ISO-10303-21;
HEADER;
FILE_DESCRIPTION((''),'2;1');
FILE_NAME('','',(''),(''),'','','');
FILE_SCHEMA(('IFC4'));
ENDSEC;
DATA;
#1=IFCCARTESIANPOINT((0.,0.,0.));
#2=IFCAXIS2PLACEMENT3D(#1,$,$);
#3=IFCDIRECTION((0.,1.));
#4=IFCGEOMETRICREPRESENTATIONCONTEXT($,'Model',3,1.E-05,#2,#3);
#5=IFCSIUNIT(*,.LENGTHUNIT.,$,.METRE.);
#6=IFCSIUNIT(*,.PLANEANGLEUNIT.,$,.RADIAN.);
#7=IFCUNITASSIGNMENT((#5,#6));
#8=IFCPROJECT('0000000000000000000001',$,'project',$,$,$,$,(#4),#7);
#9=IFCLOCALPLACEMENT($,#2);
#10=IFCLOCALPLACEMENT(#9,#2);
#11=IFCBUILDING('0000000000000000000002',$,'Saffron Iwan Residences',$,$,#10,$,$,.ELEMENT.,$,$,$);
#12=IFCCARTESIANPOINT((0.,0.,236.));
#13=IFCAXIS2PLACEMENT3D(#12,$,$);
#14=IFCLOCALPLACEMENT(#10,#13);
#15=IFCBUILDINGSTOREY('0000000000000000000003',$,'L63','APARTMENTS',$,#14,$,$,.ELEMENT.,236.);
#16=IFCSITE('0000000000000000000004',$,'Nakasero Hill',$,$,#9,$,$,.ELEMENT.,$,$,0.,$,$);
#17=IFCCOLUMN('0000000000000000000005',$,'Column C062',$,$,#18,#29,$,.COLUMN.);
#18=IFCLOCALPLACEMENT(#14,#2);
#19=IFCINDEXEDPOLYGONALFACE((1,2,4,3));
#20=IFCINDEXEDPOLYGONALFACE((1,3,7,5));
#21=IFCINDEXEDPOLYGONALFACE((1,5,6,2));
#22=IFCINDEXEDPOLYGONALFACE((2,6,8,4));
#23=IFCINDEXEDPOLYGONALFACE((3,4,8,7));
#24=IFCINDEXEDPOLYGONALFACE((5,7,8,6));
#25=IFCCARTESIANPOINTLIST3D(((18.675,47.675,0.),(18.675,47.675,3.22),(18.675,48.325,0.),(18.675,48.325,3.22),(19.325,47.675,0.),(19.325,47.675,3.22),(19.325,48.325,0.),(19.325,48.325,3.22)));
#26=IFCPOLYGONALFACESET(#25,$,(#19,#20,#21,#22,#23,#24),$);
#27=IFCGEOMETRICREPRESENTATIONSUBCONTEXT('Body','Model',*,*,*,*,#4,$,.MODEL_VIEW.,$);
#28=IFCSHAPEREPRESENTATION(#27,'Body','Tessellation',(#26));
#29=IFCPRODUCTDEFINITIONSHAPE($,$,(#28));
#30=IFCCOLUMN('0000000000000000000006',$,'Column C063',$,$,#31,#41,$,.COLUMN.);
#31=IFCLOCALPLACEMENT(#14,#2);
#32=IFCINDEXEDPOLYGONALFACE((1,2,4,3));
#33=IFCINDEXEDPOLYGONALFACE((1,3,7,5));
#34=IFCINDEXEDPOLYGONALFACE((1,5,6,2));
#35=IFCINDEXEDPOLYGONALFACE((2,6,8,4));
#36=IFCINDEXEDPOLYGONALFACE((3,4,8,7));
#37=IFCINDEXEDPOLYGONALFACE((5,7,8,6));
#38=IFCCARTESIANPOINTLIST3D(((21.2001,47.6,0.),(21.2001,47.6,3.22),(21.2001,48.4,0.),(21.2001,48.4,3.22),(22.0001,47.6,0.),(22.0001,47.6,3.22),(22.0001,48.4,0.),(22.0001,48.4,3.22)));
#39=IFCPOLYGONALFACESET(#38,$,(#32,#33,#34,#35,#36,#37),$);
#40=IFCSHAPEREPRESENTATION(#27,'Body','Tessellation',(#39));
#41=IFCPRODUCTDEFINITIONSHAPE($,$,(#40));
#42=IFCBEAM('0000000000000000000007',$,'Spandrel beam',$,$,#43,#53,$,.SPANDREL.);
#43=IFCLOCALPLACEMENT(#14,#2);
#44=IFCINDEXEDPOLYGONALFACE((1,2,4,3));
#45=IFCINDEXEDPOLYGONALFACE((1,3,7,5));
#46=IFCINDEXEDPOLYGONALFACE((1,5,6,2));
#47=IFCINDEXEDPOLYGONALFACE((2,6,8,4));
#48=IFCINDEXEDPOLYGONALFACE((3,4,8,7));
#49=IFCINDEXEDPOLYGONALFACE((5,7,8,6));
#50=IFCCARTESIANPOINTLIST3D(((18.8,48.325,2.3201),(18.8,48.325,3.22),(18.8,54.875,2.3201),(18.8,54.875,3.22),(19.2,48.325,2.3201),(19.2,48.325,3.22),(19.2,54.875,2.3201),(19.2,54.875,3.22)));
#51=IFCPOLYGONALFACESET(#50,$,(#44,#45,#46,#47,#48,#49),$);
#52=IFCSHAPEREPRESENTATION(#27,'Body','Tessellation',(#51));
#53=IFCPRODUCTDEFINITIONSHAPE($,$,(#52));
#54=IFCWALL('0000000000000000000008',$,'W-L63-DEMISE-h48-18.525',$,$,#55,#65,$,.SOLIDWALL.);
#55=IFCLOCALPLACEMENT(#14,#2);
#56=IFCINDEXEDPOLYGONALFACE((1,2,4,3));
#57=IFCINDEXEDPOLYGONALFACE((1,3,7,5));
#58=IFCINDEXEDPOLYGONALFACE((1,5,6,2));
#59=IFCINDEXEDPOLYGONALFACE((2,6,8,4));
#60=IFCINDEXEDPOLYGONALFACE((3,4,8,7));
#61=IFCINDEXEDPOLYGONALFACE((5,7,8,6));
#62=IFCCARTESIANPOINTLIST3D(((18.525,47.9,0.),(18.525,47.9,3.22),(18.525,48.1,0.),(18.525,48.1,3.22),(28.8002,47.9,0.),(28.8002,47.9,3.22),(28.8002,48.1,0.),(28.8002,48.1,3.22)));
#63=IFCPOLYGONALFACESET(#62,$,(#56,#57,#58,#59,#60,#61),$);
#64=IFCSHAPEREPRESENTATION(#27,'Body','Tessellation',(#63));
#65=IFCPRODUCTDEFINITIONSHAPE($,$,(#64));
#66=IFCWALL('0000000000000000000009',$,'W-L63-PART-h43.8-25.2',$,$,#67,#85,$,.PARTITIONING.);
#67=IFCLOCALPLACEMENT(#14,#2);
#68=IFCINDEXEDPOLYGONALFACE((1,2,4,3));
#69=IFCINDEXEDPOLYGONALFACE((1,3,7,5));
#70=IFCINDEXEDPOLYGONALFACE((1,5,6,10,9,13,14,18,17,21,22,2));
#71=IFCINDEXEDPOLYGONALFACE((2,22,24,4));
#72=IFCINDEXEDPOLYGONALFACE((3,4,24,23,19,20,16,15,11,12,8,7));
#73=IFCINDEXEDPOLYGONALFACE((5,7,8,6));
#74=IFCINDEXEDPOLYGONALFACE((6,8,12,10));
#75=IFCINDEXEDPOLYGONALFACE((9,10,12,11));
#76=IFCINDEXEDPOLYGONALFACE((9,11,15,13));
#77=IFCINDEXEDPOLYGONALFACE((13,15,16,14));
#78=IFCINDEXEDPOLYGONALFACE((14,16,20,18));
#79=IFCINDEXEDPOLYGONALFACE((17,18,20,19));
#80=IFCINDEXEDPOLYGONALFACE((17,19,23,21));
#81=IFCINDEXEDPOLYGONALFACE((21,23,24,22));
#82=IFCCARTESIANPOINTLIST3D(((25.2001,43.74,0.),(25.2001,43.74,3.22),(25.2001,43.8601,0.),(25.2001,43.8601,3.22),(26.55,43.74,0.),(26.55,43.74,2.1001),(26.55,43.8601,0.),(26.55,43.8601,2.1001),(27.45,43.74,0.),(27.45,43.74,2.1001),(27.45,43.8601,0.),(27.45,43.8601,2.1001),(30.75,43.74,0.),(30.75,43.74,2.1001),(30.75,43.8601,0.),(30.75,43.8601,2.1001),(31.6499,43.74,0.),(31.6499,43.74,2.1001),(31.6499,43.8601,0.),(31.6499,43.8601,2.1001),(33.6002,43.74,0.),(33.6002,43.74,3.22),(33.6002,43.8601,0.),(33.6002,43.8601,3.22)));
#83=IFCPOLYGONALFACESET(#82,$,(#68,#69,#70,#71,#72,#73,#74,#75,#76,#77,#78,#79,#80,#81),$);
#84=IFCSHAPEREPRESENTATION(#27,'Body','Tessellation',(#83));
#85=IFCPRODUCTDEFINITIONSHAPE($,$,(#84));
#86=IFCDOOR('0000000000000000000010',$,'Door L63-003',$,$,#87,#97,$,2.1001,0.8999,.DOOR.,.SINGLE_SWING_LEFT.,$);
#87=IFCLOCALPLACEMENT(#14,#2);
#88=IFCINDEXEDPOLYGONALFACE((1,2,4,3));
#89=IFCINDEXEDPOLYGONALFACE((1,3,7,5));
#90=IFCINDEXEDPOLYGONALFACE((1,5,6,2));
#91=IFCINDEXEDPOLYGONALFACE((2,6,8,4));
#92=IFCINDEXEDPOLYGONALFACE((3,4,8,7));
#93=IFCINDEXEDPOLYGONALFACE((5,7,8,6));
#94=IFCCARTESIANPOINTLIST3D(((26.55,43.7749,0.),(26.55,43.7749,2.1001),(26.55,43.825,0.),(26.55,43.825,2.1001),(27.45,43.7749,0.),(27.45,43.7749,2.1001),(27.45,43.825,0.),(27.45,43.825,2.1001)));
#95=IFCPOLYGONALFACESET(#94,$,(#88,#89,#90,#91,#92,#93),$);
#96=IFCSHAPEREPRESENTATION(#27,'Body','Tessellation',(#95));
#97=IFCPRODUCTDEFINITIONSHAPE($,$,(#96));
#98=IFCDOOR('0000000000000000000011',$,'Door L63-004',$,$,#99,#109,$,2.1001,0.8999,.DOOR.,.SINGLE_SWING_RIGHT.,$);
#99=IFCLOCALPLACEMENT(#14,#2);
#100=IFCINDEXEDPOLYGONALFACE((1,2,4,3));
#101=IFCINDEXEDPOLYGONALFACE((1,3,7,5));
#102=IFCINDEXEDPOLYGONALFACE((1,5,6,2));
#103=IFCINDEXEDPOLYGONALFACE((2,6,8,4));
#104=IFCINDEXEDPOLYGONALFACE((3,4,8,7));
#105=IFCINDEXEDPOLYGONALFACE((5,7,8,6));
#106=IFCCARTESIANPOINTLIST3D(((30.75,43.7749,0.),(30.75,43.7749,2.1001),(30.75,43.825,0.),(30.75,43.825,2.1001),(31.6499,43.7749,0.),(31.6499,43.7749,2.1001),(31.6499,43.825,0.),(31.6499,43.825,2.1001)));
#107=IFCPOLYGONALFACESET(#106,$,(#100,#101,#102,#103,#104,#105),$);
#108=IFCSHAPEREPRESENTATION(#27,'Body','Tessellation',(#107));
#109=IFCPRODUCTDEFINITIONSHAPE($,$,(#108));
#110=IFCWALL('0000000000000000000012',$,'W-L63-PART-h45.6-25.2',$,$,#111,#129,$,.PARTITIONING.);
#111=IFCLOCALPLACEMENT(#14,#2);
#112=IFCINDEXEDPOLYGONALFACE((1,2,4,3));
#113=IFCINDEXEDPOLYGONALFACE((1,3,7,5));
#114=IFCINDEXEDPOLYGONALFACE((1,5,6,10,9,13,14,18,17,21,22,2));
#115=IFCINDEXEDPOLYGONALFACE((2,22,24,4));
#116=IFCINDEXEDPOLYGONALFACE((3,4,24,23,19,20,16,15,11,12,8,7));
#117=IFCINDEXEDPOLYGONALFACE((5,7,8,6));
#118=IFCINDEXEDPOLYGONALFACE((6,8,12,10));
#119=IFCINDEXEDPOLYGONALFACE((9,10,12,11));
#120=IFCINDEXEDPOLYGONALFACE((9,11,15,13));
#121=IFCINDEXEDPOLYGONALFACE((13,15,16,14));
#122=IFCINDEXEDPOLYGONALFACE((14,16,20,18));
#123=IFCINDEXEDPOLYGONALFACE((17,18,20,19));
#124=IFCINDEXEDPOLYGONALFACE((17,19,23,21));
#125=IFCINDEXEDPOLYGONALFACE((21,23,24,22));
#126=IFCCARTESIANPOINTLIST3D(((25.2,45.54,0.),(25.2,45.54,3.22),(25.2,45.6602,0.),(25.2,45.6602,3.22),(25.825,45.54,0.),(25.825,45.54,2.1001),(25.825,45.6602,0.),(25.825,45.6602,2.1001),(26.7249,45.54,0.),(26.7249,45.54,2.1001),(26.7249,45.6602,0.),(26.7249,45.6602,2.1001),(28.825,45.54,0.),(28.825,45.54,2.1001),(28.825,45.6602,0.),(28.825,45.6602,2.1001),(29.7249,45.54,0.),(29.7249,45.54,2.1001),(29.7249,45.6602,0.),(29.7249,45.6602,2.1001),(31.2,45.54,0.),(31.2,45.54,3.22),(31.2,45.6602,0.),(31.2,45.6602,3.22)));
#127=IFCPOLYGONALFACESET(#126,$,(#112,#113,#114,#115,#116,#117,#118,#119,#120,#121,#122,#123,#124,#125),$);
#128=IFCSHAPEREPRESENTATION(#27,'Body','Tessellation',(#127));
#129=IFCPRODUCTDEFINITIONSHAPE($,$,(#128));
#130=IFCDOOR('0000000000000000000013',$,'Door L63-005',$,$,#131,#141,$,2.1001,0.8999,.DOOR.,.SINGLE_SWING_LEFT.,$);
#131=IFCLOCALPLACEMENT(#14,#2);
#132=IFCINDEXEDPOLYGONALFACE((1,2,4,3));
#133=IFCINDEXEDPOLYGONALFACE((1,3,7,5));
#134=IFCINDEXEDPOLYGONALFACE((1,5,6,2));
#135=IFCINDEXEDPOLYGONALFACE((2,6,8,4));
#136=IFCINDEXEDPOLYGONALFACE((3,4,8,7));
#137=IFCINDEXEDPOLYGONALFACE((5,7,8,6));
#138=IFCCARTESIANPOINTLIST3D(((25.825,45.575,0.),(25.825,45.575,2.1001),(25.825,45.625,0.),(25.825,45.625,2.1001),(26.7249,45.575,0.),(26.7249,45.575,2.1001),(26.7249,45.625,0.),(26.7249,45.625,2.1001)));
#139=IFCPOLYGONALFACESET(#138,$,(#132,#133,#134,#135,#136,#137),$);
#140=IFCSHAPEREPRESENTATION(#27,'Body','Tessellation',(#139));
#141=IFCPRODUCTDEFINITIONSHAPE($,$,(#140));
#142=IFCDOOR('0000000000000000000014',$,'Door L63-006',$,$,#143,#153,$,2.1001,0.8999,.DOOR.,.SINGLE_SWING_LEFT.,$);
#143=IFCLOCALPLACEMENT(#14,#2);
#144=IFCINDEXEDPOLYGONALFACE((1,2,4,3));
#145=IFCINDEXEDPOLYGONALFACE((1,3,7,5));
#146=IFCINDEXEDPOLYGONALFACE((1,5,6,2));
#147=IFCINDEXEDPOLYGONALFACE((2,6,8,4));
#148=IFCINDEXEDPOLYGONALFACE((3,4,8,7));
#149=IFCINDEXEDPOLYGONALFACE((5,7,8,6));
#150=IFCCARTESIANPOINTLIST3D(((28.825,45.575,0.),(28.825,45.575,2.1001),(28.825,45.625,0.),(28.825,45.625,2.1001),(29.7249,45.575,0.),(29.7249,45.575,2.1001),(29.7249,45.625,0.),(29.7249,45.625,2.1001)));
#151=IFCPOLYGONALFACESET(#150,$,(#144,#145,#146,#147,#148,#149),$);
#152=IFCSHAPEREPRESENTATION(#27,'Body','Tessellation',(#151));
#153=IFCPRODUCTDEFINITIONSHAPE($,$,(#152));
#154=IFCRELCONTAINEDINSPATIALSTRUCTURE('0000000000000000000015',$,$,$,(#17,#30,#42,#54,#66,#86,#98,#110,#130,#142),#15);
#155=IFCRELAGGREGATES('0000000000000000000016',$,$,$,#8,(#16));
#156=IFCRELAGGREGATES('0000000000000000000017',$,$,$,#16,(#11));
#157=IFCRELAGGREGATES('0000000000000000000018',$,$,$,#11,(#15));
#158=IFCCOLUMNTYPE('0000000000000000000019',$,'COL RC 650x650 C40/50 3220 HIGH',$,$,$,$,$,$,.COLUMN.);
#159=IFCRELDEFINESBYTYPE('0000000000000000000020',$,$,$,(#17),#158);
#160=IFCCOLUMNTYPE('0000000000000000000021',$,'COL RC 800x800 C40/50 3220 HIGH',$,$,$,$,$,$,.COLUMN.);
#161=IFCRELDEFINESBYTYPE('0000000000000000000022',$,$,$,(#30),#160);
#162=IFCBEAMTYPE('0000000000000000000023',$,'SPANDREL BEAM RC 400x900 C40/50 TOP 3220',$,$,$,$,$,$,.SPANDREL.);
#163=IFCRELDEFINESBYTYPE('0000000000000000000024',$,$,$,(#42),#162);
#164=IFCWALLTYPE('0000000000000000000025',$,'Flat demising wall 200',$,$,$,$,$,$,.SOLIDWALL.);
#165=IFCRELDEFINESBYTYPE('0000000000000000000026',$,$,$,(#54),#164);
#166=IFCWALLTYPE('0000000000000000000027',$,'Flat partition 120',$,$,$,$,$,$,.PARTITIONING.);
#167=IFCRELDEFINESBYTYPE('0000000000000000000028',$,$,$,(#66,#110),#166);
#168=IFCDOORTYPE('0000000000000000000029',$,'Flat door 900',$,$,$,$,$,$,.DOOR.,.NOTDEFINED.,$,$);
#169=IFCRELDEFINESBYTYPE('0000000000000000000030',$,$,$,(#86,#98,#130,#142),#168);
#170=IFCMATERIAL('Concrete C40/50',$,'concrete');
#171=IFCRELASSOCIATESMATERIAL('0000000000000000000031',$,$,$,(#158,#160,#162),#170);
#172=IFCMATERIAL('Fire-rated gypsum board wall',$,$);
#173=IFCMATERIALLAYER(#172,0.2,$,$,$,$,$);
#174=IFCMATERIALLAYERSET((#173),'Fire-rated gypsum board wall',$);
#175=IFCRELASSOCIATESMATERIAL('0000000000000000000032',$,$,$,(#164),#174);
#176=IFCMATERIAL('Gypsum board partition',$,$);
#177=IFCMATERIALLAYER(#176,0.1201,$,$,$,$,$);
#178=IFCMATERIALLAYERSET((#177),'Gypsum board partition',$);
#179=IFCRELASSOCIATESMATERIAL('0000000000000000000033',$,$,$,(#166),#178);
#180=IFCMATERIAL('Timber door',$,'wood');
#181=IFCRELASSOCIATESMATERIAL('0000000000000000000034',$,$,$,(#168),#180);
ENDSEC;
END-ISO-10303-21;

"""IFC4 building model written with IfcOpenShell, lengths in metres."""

from ifc_helpers import new_model, si_unit, direction, frame, frame_2d, origin, origin_2d, place, context, subcontext, project, spatial, rectangle, extrude, source, transform, mapped, material, layer, layer_set, material_profile, profile_set, type_object, element, fill, save


model = new_model("IFC4")

# Units and contexts
model_context = context("Model", 3, precision=1e-05, world=origin(), true_north=direction((0.0, 1.0)))
body_context = subcontext(model_context, "Body", "Model", "MODEL_VIEW")
ifc_project = project(units=[si_unit("LENGTHUNIT", "METRE"), si_unit("PLANEANGLEUNIT", "RADIAN")], contexts=[model_context])

# Site, building, storey
site_placement = place(None, origin())
site = spatial("IfcSite", under=ifc_project, at=site_placement, Name="Nakasero Hill", CompositionType="ELEMENT", RefElevation=0.0)
building_placement = place(site_placement, origin())
building = spatial("IfcBuilding", under=site, at=building_placement, Name="Saffron Iwan Residences", CompositionType="ELEMENT")
storey_placement = place(building_placement, frame((0.0, 0.0, 236.0)))
storey = spatial("IfcBuildingStorey", under=building, at=storey_placement, Name="L63", Description="APARTMENTS", CompositionType="ELEMENT", Elevation=236.0)

# Columns
ifc_material_1 = material(Name="Concrete C40/50", Category="concrete")
ifc_material_profile_1 = material_profile(ifc_material_1, rectangle(XDim=0.6499, YDim=0.6499, at=origin_2d()), Name="RC 650x650")
ifc_profile_set_1 = profile_set([ifc_material_profile_1], Name="Concrete C40/50")
column_type_1 = type_object("IfcColumnType", Name="COL RC 650x650 C40/50 3220 HIGH", PredefinedType="COLUMN", material=ifc_profile_set_1)
shared_shape_1 = source(origin(), body_context, "Body", "SweptSolid", [
    extrude(rectangle(XDim=0.6499, YDim=0.6499, at=origin_2d()), origin(), (0.0, 0.0, 1.0), 3.22),
])
column_1_placement = place(storey_placement, frame((19.0, 48.0, 0.0), z_axis=(0.0, 0.0, 1.0), x_axis=(1.0, 0.0, 0.0)))
element("IfcColumn", 1, at=column_1_placement, inside=storey, type_object=column_type_1, Name="Column C062", PredefinedType="COLUMN", context=body_context, shape_type="MappedRepresentation", body=[
    mapped(shared_shape_1, transform((0.0, 0.0, 0.0))),
])
ifc_material_profile_2 = material_profile(ifc_material_1, rectangle(XDim=0.8, YDim=0.8, at=origin_2d()), Name="RC 800x800")
ifc_profile_set_2 = profile_set([ifc_material_profile_2], Name="Concrete C40/50")
column_type_2 = type_object("IfcColumnType", Name="COL RC 800x800 C40/50 3220 HIGH", PredefinedType="COLUMN", material=ifc_profile_set_2)
shared_shape_2 = source(origin(), body_context, "Body", "SweptSolid", [
    extrude(rectangle(XDim=0.8, YDim=0.8, at=origin_2d()), origin(), (0.0, 0.0, 1.0), 3.22),
])
column_2_placement = place(storey_placement, frame((21.6001, 48.0, 0.0), z_axis=(0.0, 0.0, 1.0), x_axis=(1.0, 0.0, 0.0)))
element("IfcColumn", 2, at=column_2_placement, inside=storey, type_object=column_type_2, Name="Column C063", PredefinedType="COLUMN", context=body_context, shape_type="MappedRepresentation", body=[
    mapped(shared_shape_2, transform((0.0, 0.0, 0.0))),
])

# Beam
ifc_material_profile_3 = material_profile(ifc_material_1, rectangle(XDim=0.3999, YDim=0.8999, at=origin_2d()), Name="RC 400x900")
ifc_profile_set_3 = profile_set([ifc_material_profile_3], Name="Concrete C40/50")
beam_type = type_object("IfcBeamType", Name="SPANDREL BEAM RC 400x900 C40/50 TOP 3220", PredefinedType="SPANDREL", material=ifc_profile_set_3)
shared_shape_3 = source(origin(), body_context, "Body", "SweptSolid", [
    extrude(rectangle(XDim=0.3999, YDim=0.8999, at=origin_2d()), origin(), (0.0, 0.0, 1.0), 6.55),
])
beam_placement = place(storey_placement, frame((19.0, 48.325, 2.77), z_axis=(0.0, 1.0, 0.0), x_axis=(-1.0, 0.0, 0.0)))
element("IfcBeam", 3, at=beam_placement, inside=storey, type_object=beam_type, Name="Spandrel beam", PredefinedType="SPANDREL", context=body_context, shape_type="MappedRepresentation", body=[
    mapped(shared_shape_3, transform((0.0, 0.0, 0.0))),
])

# Wall
ifc_material_2 = material(Name="Fire-rated gypsum board wall")
ifc_layer_1 = layer(ifc_material_2, 0.2)
ifc_layer_set_1 = layer_set([ifc_layer_1], Name="Fire-rated gypsum board wall")
wall_type_1 = type_object("IfcWallType", Name="Flat demising wall 200", PredefinedType="SOLIDWALL", material=ifc_layer_set_1)
wall_1_placement = place(storey_placement, frame((18.5249, 48.0, 0.0), z_axis=(0.0, 0.0, 1.0), x_axis=(1.0, 0.0, 0.0)))
element("IfcWall", 4, at=wall_1_placement, inside=storey, type_object=wall_type_1, Name="W-L63-DEMISE-h48-18.525", PredefinedType="SOLIDWALL", context=body_context, shape_type="SweptSolid", body=[
    extrude(rectangle(XDim=10.2751, YDim=0.2, at=frame_2d((5.1377, 0.0))), origin(), (0.0, 0.0, 1.0), 3.22),
])

# Walls, openings, doors
ifc_material_3 = material(Name="Gypsum board partition")
ifc_layer_2 = layer(ifc_material_3, 0.1201)
ifc_layer_set_2 = layer_set([ifc_layer_2], Name="Gypsum board partition")
wall_type_2 = type_object("IfcWallType", Name="Flat partition 120", PredefinedType="PARTITIONING", material=ifc_layer_set_2)
wall_2_placement = place(storey_placement, frame((25.2, 43.8, 0.0), z_axis=(0.0, 0.0, 1.0), x_axis=(1.0, 0.0, 0.0)))
wall_2 = element("IfcWall", 5, at=wall_2_placement, inside=storey, type_object=wall_type_2, Name="W-L63-PART-h43.8-25.2", PredefinedType="PARTITIONING", context=body_context, shape_type="SweptSolid", body=[
    extrude(rectangle(XDim=8.4001, YDim=0.1201, at=frame_2d((4.2002, 0.0))), origin(), (0.0, 0.0, 1.0), 3.22),
])
opening_1_placement = place(wall_2_placement, frame((1.3501, 0.0, 0.0)))
opening_1 = element("IfcOpeningElement", 6, at=opening_1_placement, cuts=wall_2, PredefinedType="OPENING", context=body_context, shape_type="SweptSolid", body=[
    extrude(rectangle(XDim=0.8999, YDim=2.1001, at=frame_2d((0.45, 1.05))), frame((0.0, 0.0701, 0.0), z_axis=(0.0, -1.0, 0.0), x_axis=(1.0, 0.0, 0.0)), (0.0, 0.0, 1.0), 0.1401),
])
opening_2_placement = place(wall_2_placement, frame((5.55, 0.0, 0.0)))
opening_2 = element("IfcOpeningElement", 7, at=opening_2_placement, cuts=wall_2, PredefinedType="OPENING", context=body_context, shape_type="SweptSolid", body=[
    extrude(rectangle(XDim=0.8999, YDim=2.1001, at=frame_2d((0.45, 1.05))), frame((0.0, 0.0701, 0.0), z_axis=(0.0, -1.0, 0.0), x_axis=(1.0, 0.0, 0.0)), (0.0, 0.0, 1.0), 0.1401),
])
ifc_material_4 = material(Name="Timber door", Category="wood")
door_type_1 = type_object("IfcDoorType", Name="Flat door 900", OperationType="NOTDEFINED", PredefinedType="DOOR", material=ifc_material_4)
door_1_placement = place(opening_1_placement, origin())
door_1 = element("IfcDoor", 8, at=door_1_placement, inside=storey, type_object=door_type_1, Name="Door L63-003", OperationType="SINGLE_SWING_LEFT", OverallHeight=2.1001, OverallWidth=0.8999, PredefinedType="DOOR", context=body_context, shape_type="SweptSolid", body=[
    extrude(rectangle(XDim=0.8999, YDim=2.1001, at=frame_2d((0.45, 1.05))), frame((0.0, 0.0249, 0.0), z_axis=(0.0, -1.0, 0.0), x_axis=(1.0, 0.0, 0.0)), (0.0, 0.0, 1.0), 0.05),
])
fill(opening_1, door_1)
door_2_placement = place(opening_2_placement, origin())
door_2 = element("IfcDoor", 9, at=door_2_placement, inside=storey, type_object=door_type_1, Name="Door L63-004", OperationType="SINGLE_SWING_RIGHT", OverallHeight=2.1001, OverallWidth=0.8999, PredefinedType="DOOR", context=body_context, shape_type="SweptSolid", body=[
    extrude(rectangle(XDim=0.8999, YDim=2.1001, at=frame_2d((0.45, 1.05))), frame((0.0, 0.0249, 0.0), z_axis=(0.0, -1.0, 0.0), x_axis=(1.0, 0.0, 0.0)), (0.0, 0.0, 1.0), 0.05),
])
fill(opening_2, door_2)
wall_3_placement = place(storey_placement, frame((25.2, 45.6001, 0.0), z_axis=(0.0, 0.0, 1.0), x_axis=(1.0, 0.0, 0.0)))
wall_3 = element("IfcWall", 10, at=wall_3_placement, inside=storey, type_object=wall_type_2, Name="W-L63-PART-h45.6-25.2", PredefinedType="PARTITIONING", context=body_context, shape_type="SweptSolid", body=[
    extrude(rectangle(XDim=6.0, YDim=0.1201, at=frame_2d((3.0, 0.0))), origin(), (0.0, 0.0, 1.0), 3.22),
])
opening_3_placement = place(wall_3_placement, frame((0.625, 0.0, 0.0)))
opening_3 = element("IfcOpeningElement", 11, at=opening_3_placement, cuts=wall_3, PredefinedType="OPENING", context=body_context, shape_type="SweptSolid", body=[
    extrude(rectangle(XDim=0.8999, YDim=2.1001, at=frame_2d((0.45, 1.05))), frame((0.0, 0.0701, 0.0), z_axis=(0.0, -1.0, 0.0), x_axis=(1.0, 0.0, 0.0)), (0.0, 0.0, 1.0), 0.1401),
])
opening_4_placement = place(wall_3_placement, frame((3.625, 0.0, 0.0)))
opening_4 = element("IfcOpeningElement", 12, at=opening_4_placement, cuts=wall_3, PredefinedType="OPENING", context=body_context, shape_type="SweptSolid", body=[
    extrude(rectangle(XDim=0.8999, YDim=2.1001, at=frame_2d((0.45, 1.05))), frame((0.0, 0.0701, 0.0), z_axis=(0.0, -1.0, 0.0), x_axis=(1.0, 0.0, 0.0)), (0.0, 0.0, 1.0), 0.1401),
])
door_3_placement = place(opening_3_placement, origin())
door_3 = element("IfcDoor", 13, at=door_3_placement, inside=storey, type_object=door_type_1, Name="Door L63-005", OperationType="SINGLE_SWING_LEFT", OverallHeight=2.1001, OverallWidth=0.8999, PredefinedType="DOOR", context=body_context, shape_type="SweptSolid", body=[
    extrude(rectangle(XDim=0.8999, YDim=2.1001, at=frame_2d((0.45, 1.05))), frame((0.0, 0.0249, 0.0), z_axis=(0.0, -1.0, 0.0), x_axis=(1.0, 0.0, 0.0)), (0.0, 0.0, 1.0), 0.05),
])
fill(opening_3, door_3)
door_4_placement = place(opening_4_placement, origin())
door_4 = element("IfcDoor", 14, at=door_4_placement, inside=storey, type_object=door_type_1, Name="Door L63-006", OperationType="SINGLE_SWING_LEFT", OverallHeight=2.1001, OverallWidth=0.8999, PredefinedType="DOOR", context=body_context, shape_type="SweptSolid", body=[
    extrude(rectangle(XDim=0.8999, YDim=2.1001, at=frame_2d((0.45, 1.05))), frame((0.0, 0.0249, 0.0), z_axis=(0.0, -1.0, 0.0), x_axis=(1.0, 0.0, 0.0)), (0.0, 0.0, 1.0), 0.05),
])
fill(opening_4, door_4)

save(model, "model.ifc")
